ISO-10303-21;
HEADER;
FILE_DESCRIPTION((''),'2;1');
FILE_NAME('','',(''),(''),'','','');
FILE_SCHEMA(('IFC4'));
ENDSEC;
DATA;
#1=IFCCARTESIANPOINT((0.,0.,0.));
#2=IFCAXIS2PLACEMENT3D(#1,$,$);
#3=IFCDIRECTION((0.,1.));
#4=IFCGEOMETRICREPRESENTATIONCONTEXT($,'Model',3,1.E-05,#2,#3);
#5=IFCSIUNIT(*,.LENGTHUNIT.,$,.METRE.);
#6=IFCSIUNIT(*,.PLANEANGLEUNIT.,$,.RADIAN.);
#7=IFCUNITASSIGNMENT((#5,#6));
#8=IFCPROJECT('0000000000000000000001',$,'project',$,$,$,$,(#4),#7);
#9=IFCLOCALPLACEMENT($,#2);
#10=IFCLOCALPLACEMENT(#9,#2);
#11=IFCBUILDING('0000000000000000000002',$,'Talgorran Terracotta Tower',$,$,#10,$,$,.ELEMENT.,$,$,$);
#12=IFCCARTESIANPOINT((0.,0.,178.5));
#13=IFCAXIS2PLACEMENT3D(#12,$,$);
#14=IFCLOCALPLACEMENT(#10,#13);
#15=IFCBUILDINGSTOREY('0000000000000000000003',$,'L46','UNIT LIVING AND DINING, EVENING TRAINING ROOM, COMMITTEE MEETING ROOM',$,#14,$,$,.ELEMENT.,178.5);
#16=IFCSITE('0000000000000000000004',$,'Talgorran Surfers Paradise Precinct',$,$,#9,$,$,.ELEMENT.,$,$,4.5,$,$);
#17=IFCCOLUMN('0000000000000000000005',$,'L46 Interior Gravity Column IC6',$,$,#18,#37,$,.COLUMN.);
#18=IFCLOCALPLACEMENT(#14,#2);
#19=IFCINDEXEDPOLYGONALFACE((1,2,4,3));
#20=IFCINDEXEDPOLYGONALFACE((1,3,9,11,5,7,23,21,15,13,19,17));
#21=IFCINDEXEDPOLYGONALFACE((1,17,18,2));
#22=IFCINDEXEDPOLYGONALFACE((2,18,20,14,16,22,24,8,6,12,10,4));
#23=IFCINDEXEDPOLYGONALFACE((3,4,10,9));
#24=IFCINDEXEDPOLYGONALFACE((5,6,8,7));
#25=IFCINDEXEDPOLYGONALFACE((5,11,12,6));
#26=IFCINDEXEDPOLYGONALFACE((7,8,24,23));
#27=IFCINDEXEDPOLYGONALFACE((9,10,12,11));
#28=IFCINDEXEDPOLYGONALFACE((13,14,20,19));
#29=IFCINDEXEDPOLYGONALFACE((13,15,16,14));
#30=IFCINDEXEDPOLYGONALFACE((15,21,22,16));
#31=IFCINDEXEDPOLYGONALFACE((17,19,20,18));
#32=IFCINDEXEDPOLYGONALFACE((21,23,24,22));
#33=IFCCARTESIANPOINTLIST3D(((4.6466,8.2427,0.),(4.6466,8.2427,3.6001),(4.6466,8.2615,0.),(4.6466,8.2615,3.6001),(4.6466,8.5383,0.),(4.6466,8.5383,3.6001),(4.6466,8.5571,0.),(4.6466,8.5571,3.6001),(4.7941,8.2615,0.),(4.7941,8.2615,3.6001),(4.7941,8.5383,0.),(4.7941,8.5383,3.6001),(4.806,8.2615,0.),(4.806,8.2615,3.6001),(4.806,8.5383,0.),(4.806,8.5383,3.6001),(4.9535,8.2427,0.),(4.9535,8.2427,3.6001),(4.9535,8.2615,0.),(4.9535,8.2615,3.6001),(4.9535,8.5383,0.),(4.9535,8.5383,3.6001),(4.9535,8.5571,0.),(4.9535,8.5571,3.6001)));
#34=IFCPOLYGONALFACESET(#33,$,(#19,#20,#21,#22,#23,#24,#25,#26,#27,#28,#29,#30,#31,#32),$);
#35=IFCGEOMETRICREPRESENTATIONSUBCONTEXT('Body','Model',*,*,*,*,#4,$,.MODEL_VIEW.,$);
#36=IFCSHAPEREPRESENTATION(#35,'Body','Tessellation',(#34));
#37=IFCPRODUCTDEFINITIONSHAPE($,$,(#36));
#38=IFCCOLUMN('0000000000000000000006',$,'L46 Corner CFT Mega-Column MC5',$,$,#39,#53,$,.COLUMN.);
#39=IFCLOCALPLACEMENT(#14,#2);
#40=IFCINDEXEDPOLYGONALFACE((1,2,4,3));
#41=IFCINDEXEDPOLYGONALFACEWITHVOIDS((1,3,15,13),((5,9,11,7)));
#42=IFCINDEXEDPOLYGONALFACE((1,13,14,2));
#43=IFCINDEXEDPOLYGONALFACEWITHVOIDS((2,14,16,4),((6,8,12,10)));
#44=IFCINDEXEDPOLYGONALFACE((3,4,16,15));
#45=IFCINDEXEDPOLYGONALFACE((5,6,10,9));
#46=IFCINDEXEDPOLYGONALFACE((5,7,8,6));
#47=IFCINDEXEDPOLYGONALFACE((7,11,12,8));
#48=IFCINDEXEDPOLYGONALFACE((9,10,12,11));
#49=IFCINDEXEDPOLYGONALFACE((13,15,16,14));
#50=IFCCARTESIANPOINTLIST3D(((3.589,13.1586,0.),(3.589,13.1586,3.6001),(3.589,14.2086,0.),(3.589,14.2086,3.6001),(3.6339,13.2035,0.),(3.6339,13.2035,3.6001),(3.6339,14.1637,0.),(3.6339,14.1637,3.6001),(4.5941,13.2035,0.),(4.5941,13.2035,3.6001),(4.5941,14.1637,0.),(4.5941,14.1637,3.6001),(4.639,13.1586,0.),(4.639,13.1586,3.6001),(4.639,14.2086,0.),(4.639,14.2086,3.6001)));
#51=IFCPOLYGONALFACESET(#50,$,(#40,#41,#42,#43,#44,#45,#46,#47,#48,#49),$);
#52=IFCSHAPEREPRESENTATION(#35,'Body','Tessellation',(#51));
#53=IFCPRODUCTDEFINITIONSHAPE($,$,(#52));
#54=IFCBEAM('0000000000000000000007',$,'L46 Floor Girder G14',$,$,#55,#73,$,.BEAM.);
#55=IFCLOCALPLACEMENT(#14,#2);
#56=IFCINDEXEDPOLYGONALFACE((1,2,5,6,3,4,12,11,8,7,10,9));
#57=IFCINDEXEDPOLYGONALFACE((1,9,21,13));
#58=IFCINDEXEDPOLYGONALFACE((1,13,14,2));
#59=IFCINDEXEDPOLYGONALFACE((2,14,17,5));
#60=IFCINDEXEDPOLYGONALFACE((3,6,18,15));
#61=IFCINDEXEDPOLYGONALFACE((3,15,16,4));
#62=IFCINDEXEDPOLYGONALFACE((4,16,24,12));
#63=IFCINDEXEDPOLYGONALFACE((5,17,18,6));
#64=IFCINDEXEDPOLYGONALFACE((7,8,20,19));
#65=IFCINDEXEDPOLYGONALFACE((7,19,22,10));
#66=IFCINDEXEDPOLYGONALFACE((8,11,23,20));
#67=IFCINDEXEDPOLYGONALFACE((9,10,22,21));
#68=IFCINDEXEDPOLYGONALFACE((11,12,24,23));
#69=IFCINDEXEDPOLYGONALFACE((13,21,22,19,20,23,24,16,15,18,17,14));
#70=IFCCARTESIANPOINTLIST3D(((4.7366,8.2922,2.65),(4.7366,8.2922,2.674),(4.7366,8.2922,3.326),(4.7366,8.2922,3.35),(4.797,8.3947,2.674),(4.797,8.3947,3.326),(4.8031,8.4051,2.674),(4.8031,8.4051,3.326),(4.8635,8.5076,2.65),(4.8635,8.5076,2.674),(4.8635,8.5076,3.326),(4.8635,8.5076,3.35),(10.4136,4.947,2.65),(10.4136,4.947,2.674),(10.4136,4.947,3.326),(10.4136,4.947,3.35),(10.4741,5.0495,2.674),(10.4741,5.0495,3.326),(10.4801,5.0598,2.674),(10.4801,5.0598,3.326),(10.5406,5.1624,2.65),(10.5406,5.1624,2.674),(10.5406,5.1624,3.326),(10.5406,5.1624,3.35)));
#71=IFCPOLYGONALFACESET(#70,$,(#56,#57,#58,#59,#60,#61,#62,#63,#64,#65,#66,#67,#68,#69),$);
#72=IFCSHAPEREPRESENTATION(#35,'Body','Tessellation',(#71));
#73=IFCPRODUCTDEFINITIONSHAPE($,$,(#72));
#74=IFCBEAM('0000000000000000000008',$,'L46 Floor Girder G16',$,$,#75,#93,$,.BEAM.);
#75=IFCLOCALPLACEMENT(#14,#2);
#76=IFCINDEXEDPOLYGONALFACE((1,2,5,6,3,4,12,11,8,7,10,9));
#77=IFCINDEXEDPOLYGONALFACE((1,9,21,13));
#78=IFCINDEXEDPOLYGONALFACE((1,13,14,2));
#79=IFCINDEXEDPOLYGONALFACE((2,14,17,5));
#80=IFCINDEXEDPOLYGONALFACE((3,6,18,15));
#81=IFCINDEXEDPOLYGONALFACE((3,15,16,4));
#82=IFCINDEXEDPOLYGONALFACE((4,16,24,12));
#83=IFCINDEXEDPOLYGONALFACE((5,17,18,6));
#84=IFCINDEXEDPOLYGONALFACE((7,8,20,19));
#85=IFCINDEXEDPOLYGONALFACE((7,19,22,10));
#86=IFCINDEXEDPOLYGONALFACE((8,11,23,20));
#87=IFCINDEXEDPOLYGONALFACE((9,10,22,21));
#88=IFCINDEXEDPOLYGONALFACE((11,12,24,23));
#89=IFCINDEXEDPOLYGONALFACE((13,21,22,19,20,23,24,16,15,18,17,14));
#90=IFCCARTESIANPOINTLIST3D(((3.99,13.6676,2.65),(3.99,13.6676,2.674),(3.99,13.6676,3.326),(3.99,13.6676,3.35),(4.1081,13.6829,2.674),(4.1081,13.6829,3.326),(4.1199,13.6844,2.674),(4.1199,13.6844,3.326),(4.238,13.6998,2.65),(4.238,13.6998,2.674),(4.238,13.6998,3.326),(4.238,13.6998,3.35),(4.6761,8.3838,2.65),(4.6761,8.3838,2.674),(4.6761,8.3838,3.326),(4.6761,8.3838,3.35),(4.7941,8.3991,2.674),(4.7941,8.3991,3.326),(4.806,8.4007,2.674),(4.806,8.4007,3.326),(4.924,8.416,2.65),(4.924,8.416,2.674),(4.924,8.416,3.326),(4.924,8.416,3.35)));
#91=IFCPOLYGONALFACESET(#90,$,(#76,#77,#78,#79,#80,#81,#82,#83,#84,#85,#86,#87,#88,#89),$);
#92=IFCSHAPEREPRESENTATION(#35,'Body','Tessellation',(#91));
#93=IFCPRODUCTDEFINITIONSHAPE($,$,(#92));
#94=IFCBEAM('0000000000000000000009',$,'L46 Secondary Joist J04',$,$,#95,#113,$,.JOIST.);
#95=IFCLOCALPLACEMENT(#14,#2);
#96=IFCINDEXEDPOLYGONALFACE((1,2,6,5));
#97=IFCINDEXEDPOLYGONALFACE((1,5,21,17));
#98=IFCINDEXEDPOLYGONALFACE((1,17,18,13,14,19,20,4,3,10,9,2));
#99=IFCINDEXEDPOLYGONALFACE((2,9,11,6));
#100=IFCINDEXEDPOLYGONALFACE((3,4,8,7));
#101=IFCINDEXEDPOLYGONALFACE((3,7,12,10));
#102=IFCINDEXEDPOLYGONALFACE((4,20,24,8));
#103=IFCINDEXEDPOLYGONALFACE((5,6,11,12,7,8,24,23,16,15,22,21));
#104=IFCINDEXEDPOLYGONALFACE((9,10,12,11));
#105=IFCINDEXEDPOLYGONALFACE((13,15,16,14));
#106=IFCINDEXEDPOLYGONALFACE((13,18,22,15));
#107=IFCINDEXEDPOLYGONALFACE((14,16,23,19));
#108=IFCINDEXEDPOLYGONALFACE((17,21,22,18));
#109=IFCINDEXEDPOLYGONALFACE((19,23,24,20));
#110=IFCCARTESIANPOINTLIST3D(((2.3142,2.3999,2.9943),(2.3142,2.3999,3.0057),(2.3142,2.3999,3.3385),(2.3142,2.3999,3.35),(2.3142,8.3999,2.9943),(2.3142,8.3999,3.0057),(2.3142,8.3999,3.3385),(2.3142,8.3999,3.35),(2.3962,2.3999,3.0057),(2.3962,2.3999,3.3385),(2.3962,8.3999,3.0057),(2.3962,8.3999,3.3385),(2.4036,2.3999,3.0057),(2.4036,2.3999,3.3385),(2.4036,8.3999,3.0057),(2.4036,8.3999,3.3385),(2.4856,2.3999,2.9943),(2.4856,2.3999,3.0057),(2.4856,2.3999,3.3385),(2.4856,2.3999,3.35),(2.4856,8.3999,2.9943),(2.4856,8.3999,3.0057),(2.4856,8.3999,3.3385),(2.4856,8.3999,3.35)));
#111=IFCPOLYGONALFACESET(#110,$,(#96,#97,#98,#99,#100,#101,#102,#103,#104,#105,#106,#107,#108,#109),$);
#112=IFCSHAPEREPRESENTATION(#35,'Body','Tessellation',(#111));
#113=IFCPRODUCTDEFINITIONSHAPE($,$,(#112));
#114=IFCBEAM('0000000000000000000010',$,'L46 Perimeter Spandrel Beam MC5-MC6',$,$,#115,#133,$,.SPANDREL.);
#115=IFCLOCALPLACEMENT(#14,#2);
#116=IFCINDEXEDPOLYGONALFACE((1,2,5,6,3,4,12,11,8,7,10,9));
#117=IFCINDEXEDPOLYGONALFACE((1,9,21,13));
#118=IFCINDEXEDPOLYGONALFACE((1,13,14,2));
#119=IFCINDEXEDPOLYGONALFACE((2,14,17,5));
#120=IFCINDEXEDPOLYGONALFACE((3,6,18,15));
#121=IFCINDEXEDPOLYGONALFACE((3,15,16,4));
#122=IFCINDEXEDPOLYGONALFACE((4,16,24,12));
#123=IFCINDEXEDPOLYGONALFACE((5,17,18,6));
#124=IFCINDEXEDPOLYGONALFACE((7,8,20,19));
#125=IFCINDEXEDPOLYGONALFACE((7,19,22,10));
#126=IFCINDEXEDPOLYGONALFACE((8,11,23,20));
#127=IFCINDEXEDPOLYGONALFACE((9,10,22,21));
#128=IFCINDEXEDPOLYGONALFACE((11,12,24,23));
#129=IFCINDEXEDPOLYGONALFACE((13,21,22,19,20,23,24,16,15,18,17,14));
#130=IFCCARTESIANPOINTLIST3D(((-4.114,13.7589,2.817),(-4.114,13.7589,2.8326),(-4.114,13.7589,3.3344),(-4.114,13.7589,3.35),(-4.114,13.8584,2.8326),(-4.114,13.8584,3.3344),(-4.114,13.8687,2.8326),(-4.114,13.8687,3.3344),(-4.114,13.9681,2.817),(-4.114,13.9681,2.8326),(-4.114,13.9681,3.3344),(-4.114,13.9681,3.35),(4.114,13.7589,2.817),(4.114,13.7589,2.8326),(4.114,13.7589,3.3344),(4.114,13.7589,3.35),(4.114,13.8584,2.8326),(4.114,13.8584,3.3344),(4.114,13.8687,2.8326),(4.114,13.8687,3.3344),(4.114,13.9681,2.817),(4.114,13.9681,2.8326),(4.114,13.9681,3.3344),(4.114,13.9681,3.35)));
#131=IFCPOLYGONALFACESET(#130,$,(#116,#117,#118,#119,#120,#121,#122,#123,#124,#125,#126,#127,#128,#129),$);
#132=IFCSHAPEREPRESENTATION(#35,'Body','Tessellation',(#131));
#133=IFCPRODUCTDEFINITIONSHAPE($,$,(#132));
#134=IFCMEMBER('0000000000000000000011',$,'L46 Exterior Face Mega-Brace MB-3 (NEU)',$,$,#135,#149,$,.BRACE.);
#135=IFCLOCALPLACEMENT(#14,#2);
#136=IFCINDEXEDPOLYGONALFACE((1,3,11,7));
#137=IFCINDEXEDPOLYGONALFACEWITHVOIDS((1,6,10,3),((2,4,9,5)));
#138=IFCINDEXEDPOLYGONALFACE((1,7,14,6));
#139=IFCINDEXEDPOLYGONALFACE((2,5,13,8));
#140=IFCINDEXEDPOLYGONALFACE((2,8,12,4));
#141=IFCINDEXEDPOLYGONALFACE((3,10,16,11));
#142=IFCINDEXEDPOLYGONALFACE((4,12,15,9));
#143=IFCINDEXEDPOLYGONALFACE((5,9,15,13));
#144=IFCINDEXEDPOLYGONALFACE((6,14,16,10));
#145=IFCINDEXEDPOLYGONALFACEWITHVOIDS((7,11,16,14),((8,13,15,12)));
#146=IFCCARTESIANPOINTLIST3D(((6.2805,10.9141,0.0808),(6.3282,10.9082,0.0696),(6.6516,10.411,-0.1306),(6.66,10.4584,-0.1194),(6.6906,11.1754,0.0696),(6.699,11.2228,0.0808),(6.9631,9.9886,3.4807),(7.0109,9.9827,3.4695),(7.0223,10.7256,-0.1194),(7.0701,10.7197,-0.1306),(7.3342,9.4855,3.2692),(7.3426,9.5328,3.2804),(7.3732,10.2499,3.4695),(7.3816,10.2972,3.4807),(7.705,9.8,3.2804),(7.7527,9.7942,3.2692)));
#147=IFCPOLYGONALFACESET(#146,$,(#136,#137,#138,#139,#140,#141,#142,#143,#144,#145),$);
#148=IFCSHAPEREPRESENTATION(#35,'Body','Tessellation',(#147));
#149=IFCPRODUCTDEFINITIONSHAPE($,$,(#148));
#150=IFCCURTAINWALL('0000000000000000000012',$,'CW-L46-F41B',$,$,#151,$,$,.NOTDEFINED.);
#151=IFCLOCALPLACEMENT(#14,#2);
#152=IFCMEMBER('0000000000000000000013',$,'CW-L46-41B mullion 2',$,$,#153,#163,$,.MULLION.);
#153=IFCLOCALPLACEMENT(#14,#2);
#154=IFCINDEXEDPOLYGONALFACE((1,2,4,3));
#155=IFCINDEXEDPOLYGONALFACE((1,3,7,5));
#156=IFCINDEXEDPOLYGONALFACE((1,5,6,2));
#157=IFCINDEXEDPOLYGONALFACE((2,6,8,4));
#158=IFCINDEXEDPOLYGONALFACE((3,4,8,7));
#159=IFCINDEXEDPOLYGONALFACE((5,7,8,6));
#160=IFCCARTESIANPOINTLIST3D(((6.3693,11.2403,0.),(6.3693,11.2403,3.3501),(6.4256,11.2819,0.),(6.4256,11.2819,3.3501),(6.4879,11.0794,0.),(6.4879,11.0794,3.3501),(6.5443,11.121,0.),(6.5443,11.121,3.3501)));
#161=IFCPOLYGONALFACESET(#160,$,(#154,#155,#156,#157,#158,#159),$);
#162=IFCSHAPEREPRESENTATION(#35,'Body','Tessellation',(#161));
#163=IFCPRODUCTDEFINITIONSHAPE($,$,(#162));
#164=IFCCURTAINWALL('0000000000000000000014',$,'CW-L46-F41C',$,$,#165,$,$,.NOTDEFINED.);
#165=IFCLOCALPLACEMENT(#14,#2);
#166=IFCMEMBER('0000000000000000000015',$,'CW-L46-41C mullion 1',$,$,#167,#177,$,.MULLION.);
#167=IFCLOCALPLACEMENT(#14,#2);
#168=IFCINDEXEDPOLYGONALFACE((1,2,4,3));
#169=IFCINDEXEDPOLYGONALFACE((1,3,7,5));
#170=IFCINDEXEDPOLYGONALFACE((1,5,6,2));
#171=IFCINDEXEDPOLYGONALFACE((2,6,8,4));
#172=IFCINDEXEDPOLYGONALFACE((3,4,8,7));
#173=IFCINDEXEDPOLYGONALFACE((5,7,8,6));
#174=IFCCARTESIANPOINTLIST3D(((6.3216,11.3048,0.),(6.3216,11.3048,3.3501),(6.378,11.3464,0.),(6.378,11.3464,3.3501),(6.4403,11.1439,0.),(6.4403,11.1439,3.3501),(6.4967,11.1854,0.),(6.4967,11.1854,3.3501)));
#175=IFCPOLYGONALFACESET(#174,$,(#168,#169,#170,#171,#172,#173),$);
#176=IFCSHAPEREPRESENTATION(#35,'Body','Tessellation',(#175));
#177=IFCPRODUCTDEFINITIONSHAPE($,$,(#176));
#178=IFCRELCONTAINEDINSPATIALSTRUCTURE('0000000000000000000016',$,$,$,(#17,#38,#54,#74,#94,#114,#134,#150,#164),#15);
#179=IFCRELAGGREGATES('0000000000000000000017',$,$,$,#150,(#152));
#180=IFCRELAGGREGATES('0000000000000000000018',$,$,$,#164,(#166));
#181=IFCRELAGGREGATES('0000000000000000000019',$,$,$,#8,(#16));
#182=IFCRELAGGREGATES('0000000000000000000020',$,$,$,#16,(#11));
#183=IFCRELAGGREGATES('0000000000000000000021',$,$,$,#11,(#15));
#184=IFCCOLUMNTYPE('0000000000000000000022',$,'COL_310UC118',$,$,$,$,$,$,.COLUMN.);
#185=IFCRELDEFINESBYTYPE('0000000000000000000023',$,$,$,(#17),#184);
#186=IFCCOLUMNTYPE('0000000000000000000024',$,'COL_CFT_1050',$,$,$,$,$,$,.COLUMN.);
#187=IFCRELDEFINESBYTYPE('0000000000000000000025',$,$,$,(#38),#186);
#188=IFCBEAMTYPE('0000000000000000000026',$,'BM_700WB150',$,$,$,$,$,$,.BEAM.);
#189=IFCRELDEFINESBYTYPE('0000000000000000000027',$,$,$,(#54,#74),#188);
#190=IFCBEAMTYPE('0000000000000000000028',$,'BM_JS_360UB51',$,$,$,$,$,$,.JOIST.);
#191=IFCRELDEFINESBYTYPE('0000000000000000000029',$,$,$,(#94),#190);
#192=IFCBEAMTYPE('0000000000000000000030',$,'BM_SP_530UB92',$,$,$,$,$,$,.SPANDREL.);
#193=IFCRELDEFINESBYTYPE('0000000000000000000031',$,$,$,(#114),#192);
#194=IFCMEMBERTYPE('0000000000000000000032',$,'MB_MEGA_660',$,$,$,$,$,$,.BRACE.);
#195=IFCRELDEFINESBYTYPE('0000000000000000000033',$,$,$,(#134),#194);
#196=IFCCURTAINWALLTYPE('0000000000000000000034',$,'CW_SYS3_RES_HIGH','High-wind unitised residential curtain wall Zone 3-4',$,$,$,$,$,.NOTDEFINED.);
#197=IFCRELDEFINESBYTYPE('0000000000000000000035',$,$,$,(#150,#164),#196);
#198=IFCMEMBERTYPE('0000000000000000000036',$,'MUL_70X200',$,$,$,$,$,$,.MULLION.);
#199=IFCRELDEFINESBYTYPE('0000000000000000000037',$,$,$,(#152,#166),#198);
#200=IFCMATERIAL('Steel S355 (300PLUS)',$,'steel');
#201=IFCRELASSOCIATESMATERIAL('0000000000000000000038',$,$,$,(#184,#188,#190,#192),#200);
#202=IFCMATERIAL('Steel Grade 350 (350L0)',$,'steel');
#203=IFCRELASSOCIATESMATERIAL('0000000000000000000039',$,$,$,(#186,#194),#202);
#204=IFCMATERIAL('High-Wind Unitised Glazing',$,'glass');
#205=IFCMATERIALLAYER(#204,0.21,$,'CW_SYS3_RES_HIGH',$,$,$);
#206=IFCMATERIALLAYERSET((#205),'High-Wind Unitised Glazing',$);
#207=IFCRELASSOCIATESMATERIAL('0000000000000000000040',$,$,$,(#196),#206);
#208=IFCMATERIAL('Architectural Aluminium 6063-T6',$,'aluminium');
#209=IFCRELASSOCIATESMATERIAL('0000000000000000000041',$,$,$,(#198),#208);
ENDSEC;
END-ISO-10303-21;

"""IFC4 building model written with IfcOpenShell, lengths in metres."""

from ifc_helpers import new_model, si_unit, direction, frame, origin, origin_2d, place, context, subcontext, project, spatial, rectangle, hollow_rectangle, i_section, extrude, material, layer, layer_set, material_profile, profile_set, type_object, element, aggregate, save


model = new_model("IFC4")

# Units and contexts
model_context = context("Model", 3, precision=1e-05, world=origin(), true_north=direction((0.0, 1.0)))
body_context = subcontext(model_context, "Body", "Model", "MODEL_VIEW")
ifc_project = project(units=[si_unit("LENGTHUNIT", "METRE"), si_unit("PLANEANGLEUNIT", "RADIAN")], contexts=[model_context])

# Site, building, storey
site_placement = place(None, origin())
site = spatial("IfcSite", under=ifc_project, at=site_placement, Name="Talgorran Surfers Paradise Precinct", CompositionType="ELEMENT", RefElevation=4.5)
building_placement = place(site_placement, origin())
building = spatial("IfcBuilding", under=site, at=building_placement, Name="Talgorran Terracotta Tower", CompositionType="ELEMENT")
storey_placement = place(building_placement, frame((0.0, 0.0, 178.5)))
storey = spatial("IfcBuildingStorey", under=building, at=storey_placement, Name="L46", Description="UNIT LIVING AND DINING, EVENING TRAINING ROOM, COMMITTEE MEETING ROOM", CompositionType="ELEMENT", Elevation=178.5)

# Columns
ifc_material_1 = material(Name="Steel S355 (300PLUS)", Category="steel")
ifc_material_profile_1 = material_profile(ifc_material_1, i_section(OverallWidth=0.3069, OverallDepth=0.3145, WebThickness=0.012, FlangeThickness=0.0188, at=origin_2d()), Name="310UC118")
ifc_profile_set_1 = profile_set([ifc_material_profile_1], Name="Steel S355 (300PLUS)")
column_type_1 = type_object("IfcColumnType", Name="COL_310UC118", PredefinedType="COLUMN", material=ifc_profile_set_1)
column_1_placement = place(storey_placement, frame((4.8, 8.3999, 0.0), z_axis=(0.0, 0.0, 1.0), x_axis=(1.0, 0.0, 0.0)))
element("IfcColumn", 1, at=column_1_placement, inside=storey, type_object=column_type_1, Name="L46 Interior Gravity Column IC6", PredefinedType="COLUMN", context=body_context, shape_type="SweptSolid", body=[
    extrude(i_section(OverallWidth=0.3069, OverallDepth=0.3145, WebThickness=0.012, FlangeThickness=0.0188, at=origin_2d()), origin(), (0.0, 0.0, 1.0), 3.6001),
])
ifc_material_2 = material(Name="Steel Grade 350 (350L0)", Category="steel")
ifc_material_profile_2 = material_profile(ifc_material_2, hollow_rectangle(XDim=1.05, YDim=1.05, WallThickness=0.0449, at=origin_2d()), Name="CFT1050X1050X45")
ifc_profile_set_2 = profile_set([ifc_material_profile_2], Name="Steel Grade 350 (350L0)")
column_type_2 = type_object("IfcColumnType", Name="COL_CFT_1050", PredefinedType="COLUMN", material=ifc_profile_set_2)
column_2_placement = place(storey_placement, frame((4.114, 13.6836, 0.0), z_axis=(0.0, 0.0, 1.0), x_axis=(1.0, 0.0, 0.0)))
element("IfcColumn", 2, at=column_2_placement, inside=storey, type_object=column_type_2, Name="L46 Corner CFT Mega-Column MC5", PredefinedType="COLUMN", context=body_context, shape_type="SweptSolid", body=[
    extrude(hollow_rectangle(XDim=1.05, YDim=1.05, WallThickness=0.0449, at=origin_2d()), origin(), (0.0, 0.0, 1.0), 3.6001),
])

# Beams
ifc_material_profile_3 = material_profile(ifc_material_1, i_section(OverallWidth=0.25, OverallDepth=0.7, WebThickness=0.012, FlangeThickness=0.0239, at=origin_2d()), Name="700WB150")
ifc_profile_set_3 = profile_set([ifc_material_profile_3], Name="Steel S355 (300PLUS)")
beam_type_1 = type_object("IfcBeamType", Name="BM_700WB150", PredefinedType="BEAM", material=ifc_profile_set_3)
beam_1_placement = place(storey_placement, frame((4.8, 8.3999, 3.0), z_axis=(0.861549, -0.507674, 0.0), x_axis=(0.507674, 0.861549, 0.0)))
element("IfcBeam", 3, at=beam_1_placement, inside=storey, type_object=beam_type_1, Name="L46 Floor Girder G14", PredefinedType="BEAM", context=body_context, shape_type="SweptSolid", body=[
    extrude(i_section(OverallWidth=0.25, OverallDepth=0.7, WebThickness=0.012, FlangeThickness=0.0239, at=origin_2d()), origin(), (0.0, 0.0, 1.0), 6.5894),
])
beam_2_placement = place(storey_placement, frame((4.8, 8.3999, 3.0), z_axis=(-0.128759, 0.991676, 0.0), x_axis=(-0.991676, -0.128759, 0.0)))
element("IfcBeam", 4, at=beam_2_placement, inside=storey, type_object=beam_type_1, Name="L46 Floor Girder G16", PredefinedType="BEAM", context=body_context, shape_type="SweptSolid", body=[
    extrude(i_section(OverallWidth=0.25, OverallDepth=0.7, WebThickness=0.012, FlangeThickness=0.0239, at=origin_2d()), origin(), (0.0, 0.0, 1.0), 5.3281),
])
ifc_material_profile_4 = material_profile(ifc_material_1, i_section(OverallWidth=0.1714, OverallDepth=0.3557, WebThickness=0.0073, FlangeThickness=0.0115, at=origin_2d()), Name="360UB50.7")
ifc_profile_set_4 = profile_set([ifc_material_profile_4], Name="Steel S355 (300PLUS)")
beam_type_2 = type_object("IfcBeamType", Name="BM_JS_360UB51", PredefinedType="JOIST", material=ifc_profile_set_4)
beam_3_placement = place(storey_placement, frame((2.3999, 2.3999, 3.1721), z_axis=(0.0, 1.0, 0.0), x_axis=(-1.0, 0.0, 0.0)))
element("IfcBeam", 5, at=beam_3_placement, inside=storey, type_object=beam_type_2, Name="L46 Secondary Joist J04", PredefinedType="JOIST", context=body_context, shape_type="SweptSolid", body=[
    extrude(i_section(OverallWidth=0.1714, OverallDepth=0.3557, WebThickness=0.0073, FlangeThickness=0.0115, at=origin_2d()), origin(), (0.0, 0.0, 1.0), 6.0),
])
ifc_material_profile_5 = material_profile(ifc_material_1, i_section(OverallWidth=0.2092, OverallDepth=0.533, WebThickness=0.0103, FlangeThickness=0.0156, at=origin_2d()), Name="530UB92.4")
ifc_profile_set_5 = profile_set([ifc_material_profile_5], Name="Steel S355 (300PLUS)")
beam_type_3 = type_object("IfcBeamType", Name="BM_SP_530UB92", PredefinedType="SPANDREL", material=ifc_profile_set_5)
beam_4_placement = place(storey_placement, frame((4.114, 13.8635, 3.0835), z_axis=(-1.0, 0.0, 0.0), x_axis=(0.0, -1.0, 0.0)))
element("IfcBeam", 6, at=beam_4_placement, inside=storey, type_object=beam_type_3, Name="L46 Perimeter Spandrel Beam MC5-MC6", PredefinedType="SPANDREL", context=body_context, shape_type="SweptSolid", body=[
    extrude(i_section(OverallWidth=0.2092, OverallDepth=0.533, WebThickness=0.0103, FlangeThickness=0.0156, at=origin_2d()), origin(), (0.0, 0.0, 1.0), 8.228),
])

# Member
ifc_material_profile_6 = material_profile(ifc_material_2, hollow_rectangle(XDim=0.52, YDim=0.6599, WallThickness=0.0349, at=origin_2d()), Name="WBOX660X520X35")
ifc_profile_set_6 = profile_set([ifc_material_profile_6], Name="Steel Grade 350 (350L0)")
member_type_1 = type_object("IfcMemberType", Name="MB_MEGA_660", PredefinedType="BRACE", material=ifc_profile_set_6)
member_1_placement = place(storey_placement, frame((6.6753, 10.8169, -0.0249), z_axis=(0.19019, -0.257872, 0.947275), x_axis=(0.804789, 0.593561, 0.0)))
element("IfcMember", 7, at=member_1_placement, inside=storey, type_object=member_type_1, Name="L46 Exterior Face Mega-Brace MB-3 (NEU)", PredefinedType="BRACE", context=body_context, shape_type="SweptSolid", body=[
    extrude(hollow_rectangle(XDim=0.52, YDim=0.6599, WallThickness=0.0349, at=origin_2d()), origin(), (0.0, 0.0, 1.0), 3.5891),
])

# Curtain wall, member
ifc_material_3 = material(Name="High-Wind Unitised Glazing", Category="glass")
ifc_layer_1 = layer(ifc_material_3, 0.21, Name="CW_SYS3_RES_HIGH")
ifc_layer_set_1 = layer_set([ifc_layer_1], Name="High-Wind Unitised Glazing")
curtain_wall_type = type_object("IfcCurtainWallType", Name="CW_SYS3_RES_HIGH", Description="High-wind unitised residential curtain wall Zone 3-4", PredefinedType="NOTDEFINED", material=ifc_layer_set_1)
curtain_wall_1_placement = place(storey_placement, origin())
curtain_wall_1 = element("IfcCurtainWall", 8, at=curtain_wall_1_placement, inside=storey, type_object=curtain_wall_type, Name="CW-L46-F41B", PredefinedType="NOTDEFINED")
ifc_material_4 = material(Name="Architectural Aluminium 6063-T6", Category="aluminium")
ifc_material_profile_7 = material_profile(ifc_material_4, rectangle(XDim=0.0701, YDim=0.2, at=origin_2d()), Name="CWM70X200")
ifc_profile_set_7 = profile_set([ifc_material_profile_7], Name="Architectural Aluminium 6063-T6")
member_type_2 = type_object("IfcMemberType", Name="MUL_70X200", PredefinedType="MULLION", material=ifc_profile_set_7)
member_2_placement = place(storey_placement, frame((6.4568, 11.1807, 0.0), z_axis=(0.0, 0.0, 1.0), x_axis=(-0.804826, -0.593511, 0.0)))
member_2 = element("IfcMember", 9, at=member_2_placement, type_object=member_type_2, Name="CW-L46-41B mullion 2", PredefinedType="MULLION", context=body_context, shape_type="SweptSolid", body=[
    extrude(rectangle(XDim=0.0701, YDim=0.2, at=origin_2d()), origin(), (0.0, 0.0, 1.0), 3.3501),
])
aggregate(curtain_wall_1, [member_2])

# Curtain wall, member
curtain_wall_2_placement = place(storey_placement, origin())
curtain_wall_2 = element("IfcCurtainWall", 10, at=curtain_wall_2_placement, inside=storey, type_object=curtain_wall_type, Name="CW-L46-F41C", PredefinedType="NOTDEFINED")
member_3_placement = place(storey_placement, frame((6.4092, 11.2451, 0.0), z_axis=(0.0, 0.0, 1.0), x_axis=(-0.804836, -0.593497, 0.0)))
member_3 = element("IfcMember", 11, at=member_3_placement, type_object=member_type_2, Name="CW-L46-41C mullion 1", PredefinedType="MULLION", context=body_context, shape_type="SweptSolid", body=[
    extrude(rectangle(XDim=0.0701, YDim=0.2, at=origin_2d()), origin(), (0.0, 0.0, 1.0), 3.3501),
])

aggregate(curtain_wall_2, [member_3])

save(model, "model.ifc")
